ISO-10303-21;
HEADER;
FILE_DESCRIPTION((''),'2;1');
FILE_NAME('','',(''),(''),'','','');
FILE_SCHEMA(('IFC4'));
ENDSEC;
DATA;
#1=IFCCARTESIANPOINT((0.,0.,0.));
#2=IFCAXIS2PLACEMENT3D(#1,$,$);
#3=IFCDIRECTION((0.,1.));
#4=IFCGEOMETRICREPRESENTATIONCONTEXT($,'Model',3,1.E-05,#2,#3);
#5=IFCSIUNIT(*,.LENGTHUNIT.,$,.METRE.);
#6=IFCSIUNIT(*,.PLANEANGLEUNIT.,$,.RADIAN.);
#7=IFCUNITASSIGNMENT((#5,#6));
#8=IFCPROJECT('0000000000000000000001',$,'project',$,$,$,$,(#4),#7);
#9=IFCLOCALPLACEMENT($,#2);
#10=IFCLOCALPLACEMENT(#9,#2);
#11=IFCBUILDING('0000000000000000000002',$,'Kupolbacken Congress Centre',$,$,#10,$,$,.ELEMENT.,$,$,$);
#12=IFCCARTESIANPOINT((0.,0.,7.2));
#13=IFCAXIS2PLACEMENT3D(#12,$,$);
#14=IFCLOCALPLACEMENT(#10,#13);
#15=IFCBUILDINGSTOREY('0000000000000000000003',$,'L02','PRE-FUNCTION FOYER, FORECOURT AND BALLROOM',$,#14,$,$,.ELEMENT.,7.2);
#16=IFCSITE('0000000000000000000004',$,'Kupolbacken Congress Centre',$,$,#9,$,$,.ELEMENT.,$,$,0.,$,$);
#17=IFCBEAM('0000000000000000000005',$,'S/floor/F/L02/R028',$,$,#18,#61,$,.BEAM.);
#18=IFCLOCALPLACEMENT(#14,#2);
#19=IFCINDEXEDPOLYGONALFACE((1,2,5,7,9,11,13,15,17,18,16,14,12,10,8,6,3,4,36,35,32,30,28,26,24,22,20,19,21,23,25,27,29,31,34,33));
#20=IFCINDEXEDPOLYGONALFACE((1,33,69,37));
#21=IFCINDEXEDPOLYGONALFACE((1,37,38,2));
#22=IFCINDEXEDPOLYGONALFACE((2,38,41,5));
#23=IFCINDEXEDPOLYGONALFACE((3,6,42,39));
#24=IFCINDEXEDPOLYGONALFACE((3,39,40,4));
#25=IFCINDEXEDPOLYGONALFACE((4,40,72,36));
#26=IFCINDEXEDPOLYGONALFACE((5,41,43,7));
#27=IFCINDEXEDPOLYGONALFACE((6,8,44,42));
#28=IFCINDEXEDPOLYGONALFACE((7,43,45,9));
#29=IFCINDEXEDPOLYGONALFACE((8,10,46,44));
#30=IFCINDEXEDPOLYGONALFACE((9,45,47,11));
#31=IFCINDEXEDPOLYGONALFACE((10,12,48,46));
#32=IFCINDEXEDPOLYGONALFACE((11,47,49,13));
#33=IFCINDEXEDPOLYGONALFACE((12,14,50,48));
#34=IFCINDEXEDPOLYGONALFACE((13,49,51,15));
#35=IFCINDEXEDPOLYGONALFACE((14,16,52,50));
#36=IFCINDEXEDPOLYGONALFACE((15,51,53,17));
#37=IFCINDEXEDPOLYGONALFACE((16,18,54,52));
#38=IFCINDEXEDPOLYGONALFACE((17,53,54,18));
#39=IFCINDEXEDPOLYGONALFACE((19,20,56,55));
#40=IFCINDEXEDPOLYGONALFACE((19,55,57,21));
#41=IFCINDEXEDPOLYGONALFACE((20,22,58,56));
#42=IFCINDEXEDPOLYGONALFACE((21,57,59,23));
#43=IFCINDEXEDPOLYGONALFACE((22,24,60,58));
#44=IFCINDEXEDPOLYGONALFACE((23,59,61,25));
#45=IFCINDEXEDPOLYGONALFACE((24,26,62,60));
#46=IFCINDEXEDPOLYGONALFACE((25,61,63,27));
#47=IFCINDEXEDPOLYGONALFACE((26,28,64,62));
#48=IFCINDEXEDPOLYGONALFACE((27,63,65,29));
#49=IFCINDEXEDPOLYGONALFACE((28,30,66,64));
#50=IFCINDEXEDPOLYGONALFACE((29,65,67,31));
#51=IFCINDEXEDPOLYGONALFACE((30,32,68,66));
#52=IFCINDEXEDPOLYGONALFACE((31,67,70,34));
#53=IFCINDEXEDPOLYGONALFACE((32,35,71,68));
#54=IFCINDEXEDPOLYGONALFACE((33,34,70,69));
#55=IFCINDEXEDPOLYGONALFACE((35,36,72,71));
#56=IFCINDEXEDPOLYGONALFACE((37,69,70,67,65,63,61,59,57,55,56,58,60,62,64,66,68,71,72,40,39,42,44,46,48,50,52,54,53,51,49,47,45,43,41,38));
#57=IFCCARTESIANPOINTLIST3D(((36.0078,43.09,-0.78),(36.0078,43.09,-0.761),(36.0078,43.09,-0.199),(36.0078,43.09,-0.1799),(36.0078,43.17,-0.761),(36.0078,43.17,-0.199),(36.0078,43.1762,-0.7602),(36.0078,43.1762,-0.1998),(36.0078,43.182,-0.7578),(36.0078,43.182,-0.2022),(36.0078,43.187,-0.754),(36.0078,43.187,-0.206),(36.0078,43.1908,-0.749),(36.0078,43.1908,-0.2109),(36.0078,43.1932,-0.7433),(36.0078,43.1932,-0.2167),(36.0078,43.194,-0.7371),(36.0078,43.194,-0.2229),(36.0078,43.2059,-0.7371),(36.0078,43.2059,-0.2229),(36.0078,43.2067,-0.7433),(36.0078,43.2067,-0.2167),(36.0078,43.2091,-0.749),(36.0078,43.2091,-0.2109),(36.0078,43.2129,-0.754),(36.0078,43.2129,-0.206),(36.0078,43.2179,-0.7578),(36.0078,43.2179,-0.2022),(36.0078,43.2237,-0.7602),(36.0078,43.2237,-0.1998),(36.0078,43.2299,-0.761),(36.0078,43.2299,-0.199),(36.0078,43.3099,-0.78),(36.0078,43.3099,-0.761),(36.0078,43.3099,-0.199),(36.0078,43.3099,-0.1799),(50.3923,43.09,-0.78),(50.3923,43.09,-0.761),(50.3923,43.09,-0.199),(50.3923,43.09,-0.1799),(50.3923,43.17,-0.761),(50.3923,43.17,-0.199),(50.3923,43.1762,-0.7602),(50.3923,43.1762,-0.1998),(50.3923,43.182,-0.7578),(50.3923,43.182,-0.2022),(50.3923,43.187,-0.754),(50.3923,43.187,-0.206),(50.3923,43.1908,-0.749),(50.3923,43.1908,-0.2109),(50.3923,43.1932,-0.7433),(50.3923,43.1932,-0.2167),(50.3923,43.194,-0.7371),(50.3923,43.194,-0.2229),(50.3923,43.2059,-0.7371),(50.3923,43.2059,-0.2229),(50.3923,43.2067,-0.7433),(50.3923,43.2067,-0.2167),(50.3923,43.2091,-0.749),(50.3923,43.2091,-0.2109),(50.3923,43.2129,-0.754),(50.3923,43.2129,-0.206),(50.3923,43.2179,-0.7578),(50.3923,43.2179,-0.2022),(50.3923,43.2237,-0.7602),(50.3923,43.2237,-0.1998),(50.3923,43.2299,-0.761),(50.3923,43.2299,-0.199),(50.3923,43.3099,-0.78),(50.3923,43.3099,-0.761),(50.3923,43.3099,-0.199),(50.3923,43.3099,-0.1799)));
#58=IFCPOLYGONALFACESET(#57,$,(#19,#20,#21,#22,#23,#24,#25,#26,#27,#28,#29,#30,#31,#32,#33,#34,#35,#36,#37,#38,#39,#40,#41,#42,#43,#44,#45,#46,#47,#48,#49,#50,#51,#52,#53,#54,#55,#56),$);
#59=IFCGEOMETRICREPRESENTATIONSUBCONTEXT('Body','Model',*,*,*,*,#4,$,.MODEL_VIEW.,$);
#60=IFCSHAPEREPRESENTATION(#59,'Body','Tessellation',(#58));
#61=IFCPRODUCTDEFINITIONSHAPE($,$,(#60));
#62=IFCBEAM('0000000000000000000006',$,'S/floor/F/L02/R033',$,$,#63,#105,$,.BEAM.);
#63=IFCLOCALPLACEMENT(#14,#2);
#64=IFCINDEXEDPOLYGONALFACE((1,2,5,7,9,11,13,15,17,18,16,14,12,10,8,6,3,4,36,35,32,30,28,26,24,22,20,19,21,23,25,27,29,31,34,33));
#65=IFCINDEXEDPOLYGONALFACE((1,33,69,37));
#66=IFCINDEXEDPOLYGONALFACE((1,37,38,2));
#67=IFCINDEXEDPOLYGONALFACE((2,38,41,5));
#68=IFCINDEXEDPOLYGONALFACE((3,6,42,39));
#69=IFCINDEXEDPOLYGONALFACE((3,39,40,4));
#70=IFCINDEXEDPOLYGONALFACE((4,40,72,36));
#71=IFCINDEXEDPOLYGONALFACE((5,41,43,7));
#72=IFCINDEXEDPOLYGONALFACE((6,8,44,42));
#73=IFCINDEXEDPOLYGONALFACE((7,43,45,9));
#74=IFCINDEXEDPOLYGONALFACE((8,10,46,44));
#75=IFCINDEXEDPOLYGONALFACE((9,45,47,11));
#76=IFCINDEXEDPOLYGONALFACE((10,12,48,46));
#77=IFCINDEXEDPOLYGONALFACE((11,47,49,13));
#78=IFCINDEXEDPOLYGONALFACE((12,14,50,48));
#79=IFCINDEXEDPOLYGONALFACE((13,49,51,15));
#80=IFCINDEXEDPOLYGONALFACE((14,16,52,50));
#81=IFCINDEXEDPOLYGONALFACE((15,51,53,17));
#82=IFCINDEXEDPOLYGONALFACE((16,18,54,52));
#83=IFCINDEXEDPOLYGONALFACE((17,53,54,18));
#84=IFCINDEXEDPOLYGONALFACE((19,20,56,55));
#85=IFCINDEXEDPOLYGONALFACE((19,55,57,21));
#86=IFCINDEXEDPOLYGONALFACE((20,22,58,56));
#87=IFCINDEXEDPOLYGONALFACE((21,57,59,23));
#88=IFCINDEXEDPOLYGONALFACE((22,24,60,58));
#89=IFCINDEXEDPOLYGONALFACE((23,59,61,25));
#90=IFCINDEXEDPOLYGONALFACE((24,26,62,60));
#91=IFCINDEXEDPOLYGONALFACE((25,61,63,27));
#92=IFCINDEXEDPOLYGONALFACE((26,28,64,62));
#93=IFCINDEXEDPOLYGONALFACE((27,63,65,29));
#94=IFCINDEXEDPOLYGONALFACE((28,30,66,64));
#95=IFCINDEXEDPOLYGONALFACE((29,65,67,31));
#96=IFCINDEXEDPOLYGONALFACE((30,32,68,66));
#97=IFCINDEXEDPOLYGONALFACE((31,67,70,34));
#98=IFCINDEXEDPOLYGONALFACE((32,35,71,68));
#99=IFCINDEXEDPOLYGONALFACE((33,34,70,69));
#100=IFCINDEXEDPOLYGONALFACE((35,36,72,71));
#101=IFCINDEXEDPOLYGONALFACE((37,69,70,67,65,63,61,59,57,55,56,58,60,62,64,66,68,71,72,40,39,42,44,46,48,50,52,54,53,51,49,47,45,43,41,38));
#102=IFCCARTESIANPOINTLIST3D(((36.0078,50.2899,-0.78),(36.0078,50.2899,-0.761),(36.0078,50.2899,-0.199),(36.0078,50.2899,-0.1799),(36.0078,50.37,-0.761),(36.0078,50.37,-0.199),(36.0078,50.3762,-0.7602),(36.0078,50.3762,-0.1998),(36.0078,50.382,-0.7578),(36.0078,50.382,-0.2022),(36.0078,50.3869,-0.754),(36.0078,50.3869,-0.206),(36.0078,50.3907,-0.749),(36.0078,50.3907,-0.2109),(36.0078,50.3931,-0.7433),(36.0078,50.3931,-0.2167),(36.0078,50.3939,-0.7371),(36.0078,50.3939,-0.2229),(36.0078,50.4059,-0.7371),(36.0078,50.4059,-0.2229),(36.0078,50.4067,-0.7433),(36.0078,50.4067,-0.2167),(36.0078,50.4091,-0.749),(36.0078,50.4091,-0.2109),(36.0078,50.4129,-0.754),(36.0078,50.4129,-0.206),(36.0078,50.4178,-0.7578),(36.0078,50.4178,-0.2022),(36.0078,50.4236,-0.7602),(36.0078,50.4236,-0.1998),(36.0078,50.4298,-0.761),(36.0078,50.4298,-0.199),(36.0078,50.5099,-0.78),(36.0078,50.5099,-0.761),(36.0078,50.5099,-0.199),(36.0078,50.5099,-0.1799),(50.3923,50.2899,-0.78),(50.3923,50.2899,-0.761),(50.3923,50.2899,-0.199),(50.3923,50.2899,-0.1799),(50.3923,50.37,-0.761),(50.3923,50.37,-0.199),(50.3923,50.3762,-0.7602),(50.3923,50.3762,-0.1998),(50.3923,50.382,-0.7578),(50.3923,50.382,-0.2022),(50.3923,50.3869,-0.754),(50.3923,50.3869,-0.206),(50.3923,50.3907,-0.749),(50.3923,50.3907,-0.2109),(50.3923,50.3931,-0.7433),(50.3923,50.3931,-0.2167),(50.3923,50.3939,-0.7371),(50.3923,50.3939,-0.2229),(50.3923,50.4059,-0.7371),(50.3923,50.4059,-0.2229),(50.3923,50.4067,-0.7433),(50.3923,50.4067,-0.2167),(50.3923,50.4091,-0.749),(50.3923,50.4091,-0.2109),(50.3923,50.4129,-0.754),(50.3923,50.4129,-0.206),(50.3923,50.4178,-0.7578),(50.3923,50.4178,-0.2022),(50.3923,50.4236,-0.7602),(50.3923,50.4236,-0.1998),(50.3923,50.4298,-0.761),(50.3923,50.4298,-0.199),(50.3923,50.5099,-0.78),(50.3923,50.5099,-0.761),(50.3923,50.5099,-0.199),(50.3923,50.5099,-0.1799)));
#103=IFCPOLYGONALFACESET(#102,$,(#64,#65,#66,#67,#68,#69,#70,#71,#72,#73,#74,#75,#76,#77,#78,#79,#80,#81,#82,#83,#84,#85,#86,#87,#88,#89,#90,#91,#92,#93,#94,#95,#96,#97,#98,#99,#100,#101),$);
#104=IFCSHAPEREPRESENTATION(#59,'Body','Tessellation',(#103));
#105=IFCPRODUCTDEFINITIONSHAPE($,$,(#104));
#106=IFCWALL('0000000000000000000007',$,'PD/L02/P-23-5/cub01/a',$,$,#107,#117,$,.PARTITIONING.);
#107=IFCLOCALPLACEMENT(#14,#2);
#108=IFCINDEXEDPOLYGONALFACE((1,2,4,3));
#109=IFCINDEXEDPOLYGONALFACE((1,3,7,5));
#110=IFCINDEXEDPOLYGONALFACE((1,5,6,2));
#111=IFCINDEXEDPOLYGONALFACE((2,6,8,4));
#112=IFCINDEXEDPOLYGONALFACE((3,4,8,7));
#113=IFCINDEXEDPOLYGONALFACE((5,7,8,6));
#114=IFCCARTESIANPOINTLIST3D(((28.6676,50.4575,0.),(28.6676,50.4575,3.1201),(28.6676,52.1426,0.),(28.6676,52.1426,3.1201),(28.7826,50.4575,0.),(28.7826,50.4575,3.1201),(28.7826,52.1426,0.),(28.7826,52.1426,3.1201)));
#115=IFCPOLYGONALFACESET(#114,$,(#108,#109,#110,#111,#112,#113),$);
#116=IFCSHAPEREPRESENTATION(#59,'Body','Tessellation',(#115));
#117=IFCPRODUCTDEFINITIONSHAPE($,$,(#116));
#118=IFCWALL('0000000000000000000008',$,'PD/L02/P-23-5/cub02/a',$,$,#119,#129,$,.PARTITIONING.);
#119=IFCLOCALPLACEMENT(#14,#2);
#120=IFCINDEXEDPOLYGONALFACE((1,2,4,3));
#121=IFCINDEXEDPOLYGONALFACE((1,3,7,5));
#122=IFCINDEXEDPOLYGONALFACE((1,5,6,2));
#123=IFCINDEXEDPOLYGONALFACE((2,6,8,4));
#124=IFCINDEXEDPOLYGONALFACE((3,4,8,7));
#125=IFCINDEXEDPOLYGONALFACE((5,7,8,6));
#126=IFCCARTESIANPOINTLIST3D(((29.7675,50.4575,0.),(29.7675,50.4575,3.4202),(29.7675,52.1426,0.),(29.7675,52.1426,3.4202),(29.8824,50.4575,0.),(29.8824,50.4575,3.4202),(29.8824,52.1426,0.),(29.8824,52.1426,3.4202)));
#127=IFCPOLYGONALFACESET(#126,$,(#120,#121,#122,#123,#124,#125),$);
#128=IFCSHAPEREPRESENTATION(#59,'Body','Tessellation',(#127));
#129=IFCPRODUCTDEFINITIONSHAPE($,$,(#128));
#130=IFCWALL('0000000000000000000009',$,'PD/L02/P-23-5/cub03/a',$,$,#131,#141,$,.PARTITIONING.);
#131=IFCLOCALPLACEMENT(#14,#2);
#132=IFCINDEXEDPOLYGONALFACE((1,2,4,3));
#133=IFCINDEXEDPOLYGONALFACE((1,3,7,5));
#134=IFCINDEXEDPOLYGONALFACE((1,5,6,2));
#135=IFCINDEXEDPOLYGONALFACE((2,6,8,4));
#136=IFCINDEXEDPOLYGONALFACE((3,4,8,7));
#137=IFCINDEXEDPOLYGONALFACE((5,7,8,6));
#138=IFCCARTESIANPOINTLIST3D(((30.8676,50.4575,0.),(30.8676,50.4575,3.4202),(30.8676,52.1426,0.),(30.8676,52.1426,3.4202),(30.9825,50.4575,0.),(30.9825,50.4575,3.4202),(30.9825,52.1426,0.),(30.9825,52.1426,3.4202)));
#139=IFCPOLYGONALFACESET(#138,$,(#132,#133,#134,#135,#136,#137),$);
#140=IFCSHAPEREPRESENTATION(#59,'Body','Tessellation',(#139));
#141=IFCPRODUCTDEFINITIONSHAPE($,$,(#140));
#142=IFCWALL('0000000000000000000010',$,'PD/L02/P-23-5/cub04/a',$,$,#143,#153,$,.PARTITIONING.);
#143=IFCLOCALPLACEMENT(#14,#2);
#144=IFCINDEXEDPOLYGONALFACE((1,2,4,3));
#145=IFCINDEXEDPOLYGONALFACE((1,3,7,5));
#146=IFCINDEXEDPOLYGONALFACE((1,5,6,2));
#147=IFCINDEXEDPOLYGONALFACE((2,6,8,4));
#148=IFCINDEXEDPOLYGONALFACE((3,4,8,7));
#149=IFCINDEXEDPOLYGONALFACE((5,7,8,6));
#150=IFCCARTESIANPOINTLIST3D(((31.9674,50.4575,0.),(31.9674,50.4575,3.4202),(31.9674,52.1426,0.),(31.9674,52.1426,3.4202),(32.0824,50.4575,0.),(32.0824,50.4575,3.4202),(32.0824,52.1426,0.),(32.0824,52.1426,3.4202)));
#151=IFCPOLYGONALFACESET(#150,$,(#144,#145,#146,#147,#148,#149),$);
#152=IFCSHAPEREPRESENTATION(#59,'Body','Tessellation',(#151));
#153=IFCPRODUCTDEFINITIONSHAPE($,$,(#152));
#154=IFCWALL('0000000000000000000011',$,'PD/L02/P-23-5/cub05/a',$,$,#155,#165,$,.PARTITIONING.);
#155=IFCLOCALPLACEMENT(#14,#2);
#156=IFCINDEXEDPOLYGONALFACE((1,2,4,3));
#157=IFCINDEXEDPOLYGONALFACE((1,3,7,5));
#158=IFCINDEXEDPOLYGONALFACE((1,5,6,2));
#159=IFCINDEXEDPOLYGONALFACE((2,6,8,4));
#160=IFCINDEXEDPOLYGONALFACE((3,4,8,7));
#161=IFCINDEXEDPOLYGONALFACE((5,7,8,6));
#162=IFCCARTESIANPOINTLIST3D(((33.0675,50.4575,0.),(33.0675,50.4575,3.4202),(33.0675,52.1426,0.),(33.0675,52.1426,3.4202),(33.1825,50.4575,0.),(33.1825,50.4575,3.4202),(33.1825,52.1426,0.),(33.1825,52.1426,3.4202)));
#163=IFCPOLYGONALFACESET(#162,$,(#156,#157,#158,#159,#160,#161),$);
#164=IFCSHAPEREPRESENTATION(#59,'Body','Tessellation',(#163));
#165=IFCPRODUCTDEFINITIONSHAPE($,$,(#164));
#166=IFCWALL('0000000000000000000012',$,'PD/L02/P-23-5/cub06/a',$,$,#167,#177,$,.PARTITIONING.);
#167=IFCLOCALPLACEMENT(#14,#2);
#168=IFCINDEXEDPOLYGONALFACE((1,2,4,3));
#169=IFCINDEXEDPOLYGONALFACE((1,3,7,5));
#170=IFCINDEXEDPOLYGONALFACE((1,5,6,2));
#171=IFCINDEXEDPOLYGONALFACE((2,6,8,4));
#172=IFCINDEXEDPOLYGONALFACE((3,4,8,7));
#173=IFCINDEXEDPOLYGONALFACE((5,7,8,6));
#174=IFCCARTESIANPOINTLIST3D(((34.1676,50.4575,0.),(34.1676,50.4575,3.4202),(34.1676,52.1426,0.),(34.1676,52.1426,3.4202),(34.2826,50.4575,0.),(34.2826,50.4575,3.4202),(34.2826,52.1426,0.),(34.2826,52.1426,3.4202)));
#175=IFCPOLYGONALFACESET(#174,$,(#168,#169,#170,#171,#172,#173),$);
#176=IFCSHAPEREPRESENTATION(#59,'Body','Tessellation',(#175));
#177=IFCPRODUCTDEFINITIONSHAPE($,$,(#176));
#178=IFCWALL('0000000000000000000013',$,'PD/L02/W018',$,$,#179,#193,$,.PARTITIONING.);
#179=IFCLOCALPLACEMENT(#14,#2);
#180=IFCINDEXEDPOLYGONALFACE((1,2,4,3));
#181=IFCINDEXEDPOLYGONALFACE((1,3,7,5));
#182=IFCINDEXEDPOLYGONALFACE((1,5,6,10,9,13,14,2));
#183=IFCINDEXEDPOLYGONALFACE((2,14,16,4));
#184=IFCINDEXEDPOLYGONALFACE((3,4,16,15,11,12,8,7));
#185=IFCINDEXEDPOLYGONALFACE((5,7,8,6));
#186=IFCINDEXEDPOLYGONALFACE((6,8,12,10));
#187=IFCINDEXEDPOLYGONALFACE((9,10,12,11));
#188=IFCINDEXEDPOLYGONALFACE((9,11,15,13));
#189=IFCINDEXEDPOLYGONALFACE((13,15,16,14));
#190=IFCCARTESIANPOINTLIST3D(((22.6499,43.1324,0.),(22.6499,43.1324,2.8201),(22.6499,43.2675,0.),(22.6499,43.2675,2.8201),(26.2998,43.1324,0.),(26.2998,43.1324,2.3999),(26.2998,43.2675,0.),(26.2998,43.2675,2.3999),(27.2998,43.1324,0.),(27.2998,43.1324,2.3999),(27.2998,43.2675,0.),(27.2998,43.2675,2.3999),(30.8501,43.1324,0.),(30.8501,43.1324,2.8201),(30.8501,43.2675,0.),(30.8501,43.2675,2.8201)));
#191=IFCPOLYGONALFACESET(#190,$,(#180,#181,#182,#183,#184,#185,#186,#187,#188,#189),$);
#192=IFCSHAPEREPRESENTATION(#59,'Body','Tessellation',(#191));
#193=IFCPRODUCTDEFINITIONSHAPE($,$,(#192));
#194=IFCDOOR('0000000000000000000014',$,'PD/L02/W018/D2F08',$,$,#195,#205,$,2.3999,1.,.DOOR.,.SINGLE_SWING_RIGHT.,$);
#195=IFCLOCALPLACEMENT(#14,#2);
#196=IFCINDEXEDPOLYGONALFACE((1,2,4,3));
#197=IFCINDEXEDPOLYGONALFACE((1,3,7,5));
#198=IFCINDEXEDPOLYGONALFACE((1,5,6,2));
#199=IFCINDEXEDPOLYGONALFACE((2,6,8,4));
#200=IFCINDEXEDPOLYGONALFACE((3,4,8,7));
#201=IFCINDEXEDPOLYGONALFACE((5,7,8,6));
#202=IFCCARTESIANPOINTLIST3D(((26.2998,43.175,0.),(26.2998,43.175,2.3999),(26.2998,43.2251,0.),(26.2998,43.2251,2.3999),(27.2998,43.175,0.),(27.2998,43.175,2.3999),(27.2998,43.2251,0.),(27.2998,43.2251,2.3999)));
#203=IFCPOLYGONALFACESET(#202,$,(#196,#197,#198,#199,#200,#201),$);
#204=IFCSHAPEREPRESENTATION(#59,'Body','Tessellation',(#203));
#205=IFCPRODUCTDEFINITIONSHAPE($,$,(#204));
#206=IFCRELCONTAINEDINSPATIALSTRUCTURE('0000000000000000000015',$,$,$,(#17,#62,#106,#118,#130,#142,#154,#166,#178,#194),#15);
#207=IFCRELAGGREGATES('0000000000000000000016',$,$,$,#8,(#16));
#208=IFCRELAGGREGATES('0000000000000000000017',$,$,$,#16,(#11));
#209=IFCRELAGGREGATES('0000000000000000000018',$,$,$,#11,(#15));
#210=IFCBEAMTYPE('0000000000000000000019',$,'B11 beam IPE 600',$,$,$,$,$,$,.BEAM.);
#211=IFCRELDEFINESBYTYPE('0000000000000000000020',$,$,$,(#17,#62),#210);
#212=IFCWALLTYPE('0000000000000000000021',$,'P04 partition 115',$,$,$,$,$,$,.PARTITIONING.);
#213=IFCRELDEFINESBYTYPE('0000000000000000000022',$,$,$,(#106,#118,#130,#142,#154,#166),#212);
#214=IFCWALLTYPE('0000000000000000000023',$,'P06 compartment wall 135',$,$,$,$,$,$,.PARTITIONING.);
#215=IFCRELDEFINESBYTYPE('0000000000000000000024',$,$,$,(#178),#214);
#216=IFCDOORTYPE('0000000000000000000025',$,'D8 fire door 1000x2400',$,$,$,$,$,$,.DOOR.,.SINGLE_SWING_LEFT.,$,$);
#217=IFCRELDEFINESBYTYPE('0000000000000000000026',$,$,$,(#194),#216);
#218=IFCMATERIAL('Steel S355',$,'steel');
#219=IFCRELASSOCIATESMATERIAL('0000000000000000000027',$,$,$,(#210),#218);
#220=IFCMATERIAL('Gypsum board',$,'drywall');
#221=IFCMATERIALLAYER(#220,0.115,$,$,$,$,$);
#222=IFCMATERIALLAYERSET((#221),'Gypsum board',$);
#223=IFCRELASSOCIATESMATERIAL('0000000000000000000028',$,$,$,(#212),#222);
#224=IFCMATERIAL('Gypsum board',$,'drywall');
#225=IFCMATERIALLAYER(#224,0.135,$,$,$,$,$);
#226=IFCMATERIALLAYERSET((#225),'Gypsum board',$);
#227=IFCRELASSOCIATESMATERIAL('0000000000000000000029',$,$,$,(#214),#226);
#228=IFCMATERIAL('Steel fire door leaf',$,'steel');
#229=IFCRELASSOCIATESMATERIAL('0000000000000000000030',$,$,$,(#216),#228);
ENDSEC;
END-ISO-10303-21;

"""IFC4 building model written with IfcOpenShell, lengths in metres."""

from ifc_helpers import new_model, si_unit, direction, frame, frame_2d, origin, origin_2d, place, context, subcontext, project, spatial, rectangle, i_section, extrude, material, layer, layer_set, material_profile, profile_set, type_object, element, fill, save


model = new_model("IFC4")

# Units and contexts
model_context = context("Model", 3, precision=1e-05, world=origin(), true_north=direction((0.0, 1.0)))
body_context = subcontext(model_context, "Body", "Model", "MODEL_VIEW")
ifc_project = project(units=[si_unit("LENGTHUNIT", "METRE"), si_unit("PLANEANGLEUNIT", "RADIAN")], contexts=[model_context])

# Site, building, storey
site_placement = place(None, origin())
site = spatial("IfcSite", under=ifc_project, at=site_placement, Name="Kupolbacken Congress Centre", CompositionType="ELEMENT", RefElevation=0.0)
building_placement = place(site_placement, origin())
building = spatial("IfcBuilding", under=site, at=building_placement, Name="Kupolbacken Congress Centre", CompositionType="ELEMENT")
storey_placement = place(building_placement, frame((0.0, 0.0, 7.2)))
storey = spatial("IfcBuildingStorey", under=building, at=storey_placement, Name="L02", Description="PRE-FUNCTION FOYER, FORECOURT AND BALLROOM", CompositionType="ELEMENT", Elevation=7.2)

# Beams
ifc_material_1 = material(Name="Steel S355", Category="steel")
ifc_material_profile_1 = material_profile(ifc_material_1, i_section(OverallWidth=0.22, OverallDepth=0.6001, WebThickness=0.012, FlangeThickness=0.019, FilletRadius=0.0239, at=origin_2d()), Name="IPE 600")
ifc_profile_set_1 = profile_set([ifc_material_profile_1], Name="Steel S355")
beam_type_1 = type_object("IfcBeamType", Name="B11 beam IPE 600", PredefinedType="BEAM", material=ifc_profile_set_1)
for number, where, z_axis, x_axis, name in (
    (1, (36.0078, 43.2, -0.48), (1.0, 0.0, 0.0), (0.0, 1.0, 0.0), "S/floor/F/L02/R028"),
    (2, (36.0078, 50.3999, -0.48), (1.0, 0.0, 0.0), (0.0, 1.0, 0.0), "S/floor/F/L02/R033"),
):
    element("IfcBeam", number, at=place(storey_placement, frame(where, z_axis=z_axis, x_axis=x_axis)), inside=storey, type_object=beam_type_1, Name=name, PredefinedType="BEAM", context=body_context, shape_type="SweptSolid", body=[
        extrude(i_section(OverallWidth=0.22, OverallDepth=0.6001, WebThickness=0.012, FlangeThickness=0.019, FilletRadius=0.0239, at=origin_2d()), origin(), (0.0, 0.0, 1.0), 14.3845),
    ])

# Walls
ifc_material_2 = material(Name="Gypsum board", Category="drywall")
ifc_layer_1 = layer(ifc_material_2, 0.115)
ifc_layer_set_1 = layer_set([ifc_layer_1], Name="Gypsum board")
wall_type_1 = type_object("IfcWallType", Name="P04 partition 115", PredefinedType="PARTITIONING", material=ifc_layer_set_1)
wall_1_placement = place(storey_placement, frame((28.7251, 50.4575, 0.0), z_axis=(0.0, 0.0, 1.0), x_axis=(0.0, 1.0, 0.0)))
element("IfcWall", 3, at=wall_1_placement, inside=storey, type_object=wall_type_1, Name="PD/L02/P-23-5/cub01/a", PredefinedType="PARTITIONING", context=body_context, shape_type="SweptSolid", body=[
    extrude(rectangle(XDim=1.6851, YDim=0.115, at=frame_2d((0.8425, 0.0))), origin(), (0.0, 0.0, 1.0), 3.1201),
])
for number, where, z_axis, x_axis, name in (
    (4, (29.825, 50.4575, 0.0), (0.0, 0.0, 1.0), (0.0, 1.0, 0.0), "PD/L02/P-23-5/cub02/a"),
    (5, (30.925, 50.4575, 0.0), (0.0, 0.0, 1.0), (0.0, 1.0, 0.0), "PD/L02/P-23-5/cub03/a"),
    (6, (32.0249, 50.4575, 0.0), (0.0, 0.0, 1.0), (0.0, 1.0, 0.0), "PD/L02/P-23-5/cub04/a"),
    (7, (33.125, 50.4575, 0.0), (0.0, 0.0, 1.0), (0.0, 1.0, 0.0), "PD/L02/P-23-5/cub05/a"),
    (8, (34.2251, 50.4575, 0.0), (0.0, 0.0, 1.0), (0.0, 1.0, 0.0), "PD/L02/P-23-5/cub06/a"),
):
    element("IfcWall", number, at=place(storey_placement, frame(where, z_axis=z_axis, x_axis=x_axis)), inside=storey, type_object=wall_type_1, Name=name, PredefinedType="PARTITIONING", context=body_context, shape_type="SweptSolid", body=[
        extrude(rectangle(XDim=1.6851, YDim=0.115, at=frame_2d((0.8425, 0.0))), origin(), (0.0, 0.0, 1.0), 3.4202),
    ])

# Wall, opening, door
ifc_material_3 = material(Name="Gypsum board", Category="drywall")
ifc_layer_2 = layer(ifc_material_3, 0.135)
ifc_layer_set_2 = layer_set([ifc_layer_2], Name="Gypsum board")
wall_type_2 = type_object("IfcWallType", Name="P06 compartment wall 135", PredefinedType="PARTITIONING", material=ifc_layer_set_2)
wall_2_placement = place(storey_placement, frame((22.6499, 43.2, 0.0), z_axis=(0.0, 0.0, 1.0), x_axis=(1.0, 0.0, 0.0)))
wall_2 = element("IfcWall", 9, at=wall_2_placement, inside=storey, type_object=wall_type_2, Name="PD/L02/W018", PredefinedType="PARTITIONING", context=body_context, shape_type="SweptSolid", body=[
    extrude(rectangle(XDim=8.2002, YDim=0.135, at=frame_2d((4.1001, 0.0))), origin(), (0.0, 0.0, 1.0), 2.8201),
])
opening_1_placement = place(wall_2_placement, frame((3.6499, 0.0, 0.0)))
opening_1 = element("IfcOpeningElement", 10, at=opening_1_placement, cuts=wall_2, PredefinedType="OPENING", context=body_context, shape_type="SweptSolid", body=[
    extrude(rectangle(XDim=1.0, YDim=2.3999, at=frame_2d((0.5, 1.2))), frame((0.0, 0.0774, 0.0), z_axis=(0.0, -1.0, 0.0), x_axis=(1.0, 0.0, 0.0)), (0.0, 0.0, 1.0), 0.155),
])
ifc_material_4 = material(Name="Steel fire door leaf", Category="steel")
door_type = type_object("IfcDoorType", Name="D8 fire door 1000x2400", OperationType="SINGLE_SWING_LEFT", PredefinedType="DOOR", material=ifc_material_4)
door_1_placement = place(opening_1_placement, frame((1.0, 0.0, 0.0), z_axis=(0.0, 0.0, 1.0), x_axis=(-1.0, 0.0, 0.0)))
door_1 = element("IfcDoor", 11, at=door_1_placement, inside=storey, type_object=door_type, Name="PD/L02/W018/D2F08", OperationType="SINGLE_SWING_RIGHT", OverallHeight=2.3999, OverallWidth=1.0, PredefinedType="DOOR", context=body_context, shape_type="SweptSolid", body=[
    extrude(rectangle(XDim=1.0, YDim=2.3999, at=frame_2d((0.5, 1.2))), frame((0.0, 0.0249, 0.0), z_axis=(0.0, -1.0, 0.0), x_axis=(1.0, 0.0, 0.0)), (0.0, 0.0, 1.0), 0.05),
])
fill(opening_1, door_1)

save(model, "model.ifc")
